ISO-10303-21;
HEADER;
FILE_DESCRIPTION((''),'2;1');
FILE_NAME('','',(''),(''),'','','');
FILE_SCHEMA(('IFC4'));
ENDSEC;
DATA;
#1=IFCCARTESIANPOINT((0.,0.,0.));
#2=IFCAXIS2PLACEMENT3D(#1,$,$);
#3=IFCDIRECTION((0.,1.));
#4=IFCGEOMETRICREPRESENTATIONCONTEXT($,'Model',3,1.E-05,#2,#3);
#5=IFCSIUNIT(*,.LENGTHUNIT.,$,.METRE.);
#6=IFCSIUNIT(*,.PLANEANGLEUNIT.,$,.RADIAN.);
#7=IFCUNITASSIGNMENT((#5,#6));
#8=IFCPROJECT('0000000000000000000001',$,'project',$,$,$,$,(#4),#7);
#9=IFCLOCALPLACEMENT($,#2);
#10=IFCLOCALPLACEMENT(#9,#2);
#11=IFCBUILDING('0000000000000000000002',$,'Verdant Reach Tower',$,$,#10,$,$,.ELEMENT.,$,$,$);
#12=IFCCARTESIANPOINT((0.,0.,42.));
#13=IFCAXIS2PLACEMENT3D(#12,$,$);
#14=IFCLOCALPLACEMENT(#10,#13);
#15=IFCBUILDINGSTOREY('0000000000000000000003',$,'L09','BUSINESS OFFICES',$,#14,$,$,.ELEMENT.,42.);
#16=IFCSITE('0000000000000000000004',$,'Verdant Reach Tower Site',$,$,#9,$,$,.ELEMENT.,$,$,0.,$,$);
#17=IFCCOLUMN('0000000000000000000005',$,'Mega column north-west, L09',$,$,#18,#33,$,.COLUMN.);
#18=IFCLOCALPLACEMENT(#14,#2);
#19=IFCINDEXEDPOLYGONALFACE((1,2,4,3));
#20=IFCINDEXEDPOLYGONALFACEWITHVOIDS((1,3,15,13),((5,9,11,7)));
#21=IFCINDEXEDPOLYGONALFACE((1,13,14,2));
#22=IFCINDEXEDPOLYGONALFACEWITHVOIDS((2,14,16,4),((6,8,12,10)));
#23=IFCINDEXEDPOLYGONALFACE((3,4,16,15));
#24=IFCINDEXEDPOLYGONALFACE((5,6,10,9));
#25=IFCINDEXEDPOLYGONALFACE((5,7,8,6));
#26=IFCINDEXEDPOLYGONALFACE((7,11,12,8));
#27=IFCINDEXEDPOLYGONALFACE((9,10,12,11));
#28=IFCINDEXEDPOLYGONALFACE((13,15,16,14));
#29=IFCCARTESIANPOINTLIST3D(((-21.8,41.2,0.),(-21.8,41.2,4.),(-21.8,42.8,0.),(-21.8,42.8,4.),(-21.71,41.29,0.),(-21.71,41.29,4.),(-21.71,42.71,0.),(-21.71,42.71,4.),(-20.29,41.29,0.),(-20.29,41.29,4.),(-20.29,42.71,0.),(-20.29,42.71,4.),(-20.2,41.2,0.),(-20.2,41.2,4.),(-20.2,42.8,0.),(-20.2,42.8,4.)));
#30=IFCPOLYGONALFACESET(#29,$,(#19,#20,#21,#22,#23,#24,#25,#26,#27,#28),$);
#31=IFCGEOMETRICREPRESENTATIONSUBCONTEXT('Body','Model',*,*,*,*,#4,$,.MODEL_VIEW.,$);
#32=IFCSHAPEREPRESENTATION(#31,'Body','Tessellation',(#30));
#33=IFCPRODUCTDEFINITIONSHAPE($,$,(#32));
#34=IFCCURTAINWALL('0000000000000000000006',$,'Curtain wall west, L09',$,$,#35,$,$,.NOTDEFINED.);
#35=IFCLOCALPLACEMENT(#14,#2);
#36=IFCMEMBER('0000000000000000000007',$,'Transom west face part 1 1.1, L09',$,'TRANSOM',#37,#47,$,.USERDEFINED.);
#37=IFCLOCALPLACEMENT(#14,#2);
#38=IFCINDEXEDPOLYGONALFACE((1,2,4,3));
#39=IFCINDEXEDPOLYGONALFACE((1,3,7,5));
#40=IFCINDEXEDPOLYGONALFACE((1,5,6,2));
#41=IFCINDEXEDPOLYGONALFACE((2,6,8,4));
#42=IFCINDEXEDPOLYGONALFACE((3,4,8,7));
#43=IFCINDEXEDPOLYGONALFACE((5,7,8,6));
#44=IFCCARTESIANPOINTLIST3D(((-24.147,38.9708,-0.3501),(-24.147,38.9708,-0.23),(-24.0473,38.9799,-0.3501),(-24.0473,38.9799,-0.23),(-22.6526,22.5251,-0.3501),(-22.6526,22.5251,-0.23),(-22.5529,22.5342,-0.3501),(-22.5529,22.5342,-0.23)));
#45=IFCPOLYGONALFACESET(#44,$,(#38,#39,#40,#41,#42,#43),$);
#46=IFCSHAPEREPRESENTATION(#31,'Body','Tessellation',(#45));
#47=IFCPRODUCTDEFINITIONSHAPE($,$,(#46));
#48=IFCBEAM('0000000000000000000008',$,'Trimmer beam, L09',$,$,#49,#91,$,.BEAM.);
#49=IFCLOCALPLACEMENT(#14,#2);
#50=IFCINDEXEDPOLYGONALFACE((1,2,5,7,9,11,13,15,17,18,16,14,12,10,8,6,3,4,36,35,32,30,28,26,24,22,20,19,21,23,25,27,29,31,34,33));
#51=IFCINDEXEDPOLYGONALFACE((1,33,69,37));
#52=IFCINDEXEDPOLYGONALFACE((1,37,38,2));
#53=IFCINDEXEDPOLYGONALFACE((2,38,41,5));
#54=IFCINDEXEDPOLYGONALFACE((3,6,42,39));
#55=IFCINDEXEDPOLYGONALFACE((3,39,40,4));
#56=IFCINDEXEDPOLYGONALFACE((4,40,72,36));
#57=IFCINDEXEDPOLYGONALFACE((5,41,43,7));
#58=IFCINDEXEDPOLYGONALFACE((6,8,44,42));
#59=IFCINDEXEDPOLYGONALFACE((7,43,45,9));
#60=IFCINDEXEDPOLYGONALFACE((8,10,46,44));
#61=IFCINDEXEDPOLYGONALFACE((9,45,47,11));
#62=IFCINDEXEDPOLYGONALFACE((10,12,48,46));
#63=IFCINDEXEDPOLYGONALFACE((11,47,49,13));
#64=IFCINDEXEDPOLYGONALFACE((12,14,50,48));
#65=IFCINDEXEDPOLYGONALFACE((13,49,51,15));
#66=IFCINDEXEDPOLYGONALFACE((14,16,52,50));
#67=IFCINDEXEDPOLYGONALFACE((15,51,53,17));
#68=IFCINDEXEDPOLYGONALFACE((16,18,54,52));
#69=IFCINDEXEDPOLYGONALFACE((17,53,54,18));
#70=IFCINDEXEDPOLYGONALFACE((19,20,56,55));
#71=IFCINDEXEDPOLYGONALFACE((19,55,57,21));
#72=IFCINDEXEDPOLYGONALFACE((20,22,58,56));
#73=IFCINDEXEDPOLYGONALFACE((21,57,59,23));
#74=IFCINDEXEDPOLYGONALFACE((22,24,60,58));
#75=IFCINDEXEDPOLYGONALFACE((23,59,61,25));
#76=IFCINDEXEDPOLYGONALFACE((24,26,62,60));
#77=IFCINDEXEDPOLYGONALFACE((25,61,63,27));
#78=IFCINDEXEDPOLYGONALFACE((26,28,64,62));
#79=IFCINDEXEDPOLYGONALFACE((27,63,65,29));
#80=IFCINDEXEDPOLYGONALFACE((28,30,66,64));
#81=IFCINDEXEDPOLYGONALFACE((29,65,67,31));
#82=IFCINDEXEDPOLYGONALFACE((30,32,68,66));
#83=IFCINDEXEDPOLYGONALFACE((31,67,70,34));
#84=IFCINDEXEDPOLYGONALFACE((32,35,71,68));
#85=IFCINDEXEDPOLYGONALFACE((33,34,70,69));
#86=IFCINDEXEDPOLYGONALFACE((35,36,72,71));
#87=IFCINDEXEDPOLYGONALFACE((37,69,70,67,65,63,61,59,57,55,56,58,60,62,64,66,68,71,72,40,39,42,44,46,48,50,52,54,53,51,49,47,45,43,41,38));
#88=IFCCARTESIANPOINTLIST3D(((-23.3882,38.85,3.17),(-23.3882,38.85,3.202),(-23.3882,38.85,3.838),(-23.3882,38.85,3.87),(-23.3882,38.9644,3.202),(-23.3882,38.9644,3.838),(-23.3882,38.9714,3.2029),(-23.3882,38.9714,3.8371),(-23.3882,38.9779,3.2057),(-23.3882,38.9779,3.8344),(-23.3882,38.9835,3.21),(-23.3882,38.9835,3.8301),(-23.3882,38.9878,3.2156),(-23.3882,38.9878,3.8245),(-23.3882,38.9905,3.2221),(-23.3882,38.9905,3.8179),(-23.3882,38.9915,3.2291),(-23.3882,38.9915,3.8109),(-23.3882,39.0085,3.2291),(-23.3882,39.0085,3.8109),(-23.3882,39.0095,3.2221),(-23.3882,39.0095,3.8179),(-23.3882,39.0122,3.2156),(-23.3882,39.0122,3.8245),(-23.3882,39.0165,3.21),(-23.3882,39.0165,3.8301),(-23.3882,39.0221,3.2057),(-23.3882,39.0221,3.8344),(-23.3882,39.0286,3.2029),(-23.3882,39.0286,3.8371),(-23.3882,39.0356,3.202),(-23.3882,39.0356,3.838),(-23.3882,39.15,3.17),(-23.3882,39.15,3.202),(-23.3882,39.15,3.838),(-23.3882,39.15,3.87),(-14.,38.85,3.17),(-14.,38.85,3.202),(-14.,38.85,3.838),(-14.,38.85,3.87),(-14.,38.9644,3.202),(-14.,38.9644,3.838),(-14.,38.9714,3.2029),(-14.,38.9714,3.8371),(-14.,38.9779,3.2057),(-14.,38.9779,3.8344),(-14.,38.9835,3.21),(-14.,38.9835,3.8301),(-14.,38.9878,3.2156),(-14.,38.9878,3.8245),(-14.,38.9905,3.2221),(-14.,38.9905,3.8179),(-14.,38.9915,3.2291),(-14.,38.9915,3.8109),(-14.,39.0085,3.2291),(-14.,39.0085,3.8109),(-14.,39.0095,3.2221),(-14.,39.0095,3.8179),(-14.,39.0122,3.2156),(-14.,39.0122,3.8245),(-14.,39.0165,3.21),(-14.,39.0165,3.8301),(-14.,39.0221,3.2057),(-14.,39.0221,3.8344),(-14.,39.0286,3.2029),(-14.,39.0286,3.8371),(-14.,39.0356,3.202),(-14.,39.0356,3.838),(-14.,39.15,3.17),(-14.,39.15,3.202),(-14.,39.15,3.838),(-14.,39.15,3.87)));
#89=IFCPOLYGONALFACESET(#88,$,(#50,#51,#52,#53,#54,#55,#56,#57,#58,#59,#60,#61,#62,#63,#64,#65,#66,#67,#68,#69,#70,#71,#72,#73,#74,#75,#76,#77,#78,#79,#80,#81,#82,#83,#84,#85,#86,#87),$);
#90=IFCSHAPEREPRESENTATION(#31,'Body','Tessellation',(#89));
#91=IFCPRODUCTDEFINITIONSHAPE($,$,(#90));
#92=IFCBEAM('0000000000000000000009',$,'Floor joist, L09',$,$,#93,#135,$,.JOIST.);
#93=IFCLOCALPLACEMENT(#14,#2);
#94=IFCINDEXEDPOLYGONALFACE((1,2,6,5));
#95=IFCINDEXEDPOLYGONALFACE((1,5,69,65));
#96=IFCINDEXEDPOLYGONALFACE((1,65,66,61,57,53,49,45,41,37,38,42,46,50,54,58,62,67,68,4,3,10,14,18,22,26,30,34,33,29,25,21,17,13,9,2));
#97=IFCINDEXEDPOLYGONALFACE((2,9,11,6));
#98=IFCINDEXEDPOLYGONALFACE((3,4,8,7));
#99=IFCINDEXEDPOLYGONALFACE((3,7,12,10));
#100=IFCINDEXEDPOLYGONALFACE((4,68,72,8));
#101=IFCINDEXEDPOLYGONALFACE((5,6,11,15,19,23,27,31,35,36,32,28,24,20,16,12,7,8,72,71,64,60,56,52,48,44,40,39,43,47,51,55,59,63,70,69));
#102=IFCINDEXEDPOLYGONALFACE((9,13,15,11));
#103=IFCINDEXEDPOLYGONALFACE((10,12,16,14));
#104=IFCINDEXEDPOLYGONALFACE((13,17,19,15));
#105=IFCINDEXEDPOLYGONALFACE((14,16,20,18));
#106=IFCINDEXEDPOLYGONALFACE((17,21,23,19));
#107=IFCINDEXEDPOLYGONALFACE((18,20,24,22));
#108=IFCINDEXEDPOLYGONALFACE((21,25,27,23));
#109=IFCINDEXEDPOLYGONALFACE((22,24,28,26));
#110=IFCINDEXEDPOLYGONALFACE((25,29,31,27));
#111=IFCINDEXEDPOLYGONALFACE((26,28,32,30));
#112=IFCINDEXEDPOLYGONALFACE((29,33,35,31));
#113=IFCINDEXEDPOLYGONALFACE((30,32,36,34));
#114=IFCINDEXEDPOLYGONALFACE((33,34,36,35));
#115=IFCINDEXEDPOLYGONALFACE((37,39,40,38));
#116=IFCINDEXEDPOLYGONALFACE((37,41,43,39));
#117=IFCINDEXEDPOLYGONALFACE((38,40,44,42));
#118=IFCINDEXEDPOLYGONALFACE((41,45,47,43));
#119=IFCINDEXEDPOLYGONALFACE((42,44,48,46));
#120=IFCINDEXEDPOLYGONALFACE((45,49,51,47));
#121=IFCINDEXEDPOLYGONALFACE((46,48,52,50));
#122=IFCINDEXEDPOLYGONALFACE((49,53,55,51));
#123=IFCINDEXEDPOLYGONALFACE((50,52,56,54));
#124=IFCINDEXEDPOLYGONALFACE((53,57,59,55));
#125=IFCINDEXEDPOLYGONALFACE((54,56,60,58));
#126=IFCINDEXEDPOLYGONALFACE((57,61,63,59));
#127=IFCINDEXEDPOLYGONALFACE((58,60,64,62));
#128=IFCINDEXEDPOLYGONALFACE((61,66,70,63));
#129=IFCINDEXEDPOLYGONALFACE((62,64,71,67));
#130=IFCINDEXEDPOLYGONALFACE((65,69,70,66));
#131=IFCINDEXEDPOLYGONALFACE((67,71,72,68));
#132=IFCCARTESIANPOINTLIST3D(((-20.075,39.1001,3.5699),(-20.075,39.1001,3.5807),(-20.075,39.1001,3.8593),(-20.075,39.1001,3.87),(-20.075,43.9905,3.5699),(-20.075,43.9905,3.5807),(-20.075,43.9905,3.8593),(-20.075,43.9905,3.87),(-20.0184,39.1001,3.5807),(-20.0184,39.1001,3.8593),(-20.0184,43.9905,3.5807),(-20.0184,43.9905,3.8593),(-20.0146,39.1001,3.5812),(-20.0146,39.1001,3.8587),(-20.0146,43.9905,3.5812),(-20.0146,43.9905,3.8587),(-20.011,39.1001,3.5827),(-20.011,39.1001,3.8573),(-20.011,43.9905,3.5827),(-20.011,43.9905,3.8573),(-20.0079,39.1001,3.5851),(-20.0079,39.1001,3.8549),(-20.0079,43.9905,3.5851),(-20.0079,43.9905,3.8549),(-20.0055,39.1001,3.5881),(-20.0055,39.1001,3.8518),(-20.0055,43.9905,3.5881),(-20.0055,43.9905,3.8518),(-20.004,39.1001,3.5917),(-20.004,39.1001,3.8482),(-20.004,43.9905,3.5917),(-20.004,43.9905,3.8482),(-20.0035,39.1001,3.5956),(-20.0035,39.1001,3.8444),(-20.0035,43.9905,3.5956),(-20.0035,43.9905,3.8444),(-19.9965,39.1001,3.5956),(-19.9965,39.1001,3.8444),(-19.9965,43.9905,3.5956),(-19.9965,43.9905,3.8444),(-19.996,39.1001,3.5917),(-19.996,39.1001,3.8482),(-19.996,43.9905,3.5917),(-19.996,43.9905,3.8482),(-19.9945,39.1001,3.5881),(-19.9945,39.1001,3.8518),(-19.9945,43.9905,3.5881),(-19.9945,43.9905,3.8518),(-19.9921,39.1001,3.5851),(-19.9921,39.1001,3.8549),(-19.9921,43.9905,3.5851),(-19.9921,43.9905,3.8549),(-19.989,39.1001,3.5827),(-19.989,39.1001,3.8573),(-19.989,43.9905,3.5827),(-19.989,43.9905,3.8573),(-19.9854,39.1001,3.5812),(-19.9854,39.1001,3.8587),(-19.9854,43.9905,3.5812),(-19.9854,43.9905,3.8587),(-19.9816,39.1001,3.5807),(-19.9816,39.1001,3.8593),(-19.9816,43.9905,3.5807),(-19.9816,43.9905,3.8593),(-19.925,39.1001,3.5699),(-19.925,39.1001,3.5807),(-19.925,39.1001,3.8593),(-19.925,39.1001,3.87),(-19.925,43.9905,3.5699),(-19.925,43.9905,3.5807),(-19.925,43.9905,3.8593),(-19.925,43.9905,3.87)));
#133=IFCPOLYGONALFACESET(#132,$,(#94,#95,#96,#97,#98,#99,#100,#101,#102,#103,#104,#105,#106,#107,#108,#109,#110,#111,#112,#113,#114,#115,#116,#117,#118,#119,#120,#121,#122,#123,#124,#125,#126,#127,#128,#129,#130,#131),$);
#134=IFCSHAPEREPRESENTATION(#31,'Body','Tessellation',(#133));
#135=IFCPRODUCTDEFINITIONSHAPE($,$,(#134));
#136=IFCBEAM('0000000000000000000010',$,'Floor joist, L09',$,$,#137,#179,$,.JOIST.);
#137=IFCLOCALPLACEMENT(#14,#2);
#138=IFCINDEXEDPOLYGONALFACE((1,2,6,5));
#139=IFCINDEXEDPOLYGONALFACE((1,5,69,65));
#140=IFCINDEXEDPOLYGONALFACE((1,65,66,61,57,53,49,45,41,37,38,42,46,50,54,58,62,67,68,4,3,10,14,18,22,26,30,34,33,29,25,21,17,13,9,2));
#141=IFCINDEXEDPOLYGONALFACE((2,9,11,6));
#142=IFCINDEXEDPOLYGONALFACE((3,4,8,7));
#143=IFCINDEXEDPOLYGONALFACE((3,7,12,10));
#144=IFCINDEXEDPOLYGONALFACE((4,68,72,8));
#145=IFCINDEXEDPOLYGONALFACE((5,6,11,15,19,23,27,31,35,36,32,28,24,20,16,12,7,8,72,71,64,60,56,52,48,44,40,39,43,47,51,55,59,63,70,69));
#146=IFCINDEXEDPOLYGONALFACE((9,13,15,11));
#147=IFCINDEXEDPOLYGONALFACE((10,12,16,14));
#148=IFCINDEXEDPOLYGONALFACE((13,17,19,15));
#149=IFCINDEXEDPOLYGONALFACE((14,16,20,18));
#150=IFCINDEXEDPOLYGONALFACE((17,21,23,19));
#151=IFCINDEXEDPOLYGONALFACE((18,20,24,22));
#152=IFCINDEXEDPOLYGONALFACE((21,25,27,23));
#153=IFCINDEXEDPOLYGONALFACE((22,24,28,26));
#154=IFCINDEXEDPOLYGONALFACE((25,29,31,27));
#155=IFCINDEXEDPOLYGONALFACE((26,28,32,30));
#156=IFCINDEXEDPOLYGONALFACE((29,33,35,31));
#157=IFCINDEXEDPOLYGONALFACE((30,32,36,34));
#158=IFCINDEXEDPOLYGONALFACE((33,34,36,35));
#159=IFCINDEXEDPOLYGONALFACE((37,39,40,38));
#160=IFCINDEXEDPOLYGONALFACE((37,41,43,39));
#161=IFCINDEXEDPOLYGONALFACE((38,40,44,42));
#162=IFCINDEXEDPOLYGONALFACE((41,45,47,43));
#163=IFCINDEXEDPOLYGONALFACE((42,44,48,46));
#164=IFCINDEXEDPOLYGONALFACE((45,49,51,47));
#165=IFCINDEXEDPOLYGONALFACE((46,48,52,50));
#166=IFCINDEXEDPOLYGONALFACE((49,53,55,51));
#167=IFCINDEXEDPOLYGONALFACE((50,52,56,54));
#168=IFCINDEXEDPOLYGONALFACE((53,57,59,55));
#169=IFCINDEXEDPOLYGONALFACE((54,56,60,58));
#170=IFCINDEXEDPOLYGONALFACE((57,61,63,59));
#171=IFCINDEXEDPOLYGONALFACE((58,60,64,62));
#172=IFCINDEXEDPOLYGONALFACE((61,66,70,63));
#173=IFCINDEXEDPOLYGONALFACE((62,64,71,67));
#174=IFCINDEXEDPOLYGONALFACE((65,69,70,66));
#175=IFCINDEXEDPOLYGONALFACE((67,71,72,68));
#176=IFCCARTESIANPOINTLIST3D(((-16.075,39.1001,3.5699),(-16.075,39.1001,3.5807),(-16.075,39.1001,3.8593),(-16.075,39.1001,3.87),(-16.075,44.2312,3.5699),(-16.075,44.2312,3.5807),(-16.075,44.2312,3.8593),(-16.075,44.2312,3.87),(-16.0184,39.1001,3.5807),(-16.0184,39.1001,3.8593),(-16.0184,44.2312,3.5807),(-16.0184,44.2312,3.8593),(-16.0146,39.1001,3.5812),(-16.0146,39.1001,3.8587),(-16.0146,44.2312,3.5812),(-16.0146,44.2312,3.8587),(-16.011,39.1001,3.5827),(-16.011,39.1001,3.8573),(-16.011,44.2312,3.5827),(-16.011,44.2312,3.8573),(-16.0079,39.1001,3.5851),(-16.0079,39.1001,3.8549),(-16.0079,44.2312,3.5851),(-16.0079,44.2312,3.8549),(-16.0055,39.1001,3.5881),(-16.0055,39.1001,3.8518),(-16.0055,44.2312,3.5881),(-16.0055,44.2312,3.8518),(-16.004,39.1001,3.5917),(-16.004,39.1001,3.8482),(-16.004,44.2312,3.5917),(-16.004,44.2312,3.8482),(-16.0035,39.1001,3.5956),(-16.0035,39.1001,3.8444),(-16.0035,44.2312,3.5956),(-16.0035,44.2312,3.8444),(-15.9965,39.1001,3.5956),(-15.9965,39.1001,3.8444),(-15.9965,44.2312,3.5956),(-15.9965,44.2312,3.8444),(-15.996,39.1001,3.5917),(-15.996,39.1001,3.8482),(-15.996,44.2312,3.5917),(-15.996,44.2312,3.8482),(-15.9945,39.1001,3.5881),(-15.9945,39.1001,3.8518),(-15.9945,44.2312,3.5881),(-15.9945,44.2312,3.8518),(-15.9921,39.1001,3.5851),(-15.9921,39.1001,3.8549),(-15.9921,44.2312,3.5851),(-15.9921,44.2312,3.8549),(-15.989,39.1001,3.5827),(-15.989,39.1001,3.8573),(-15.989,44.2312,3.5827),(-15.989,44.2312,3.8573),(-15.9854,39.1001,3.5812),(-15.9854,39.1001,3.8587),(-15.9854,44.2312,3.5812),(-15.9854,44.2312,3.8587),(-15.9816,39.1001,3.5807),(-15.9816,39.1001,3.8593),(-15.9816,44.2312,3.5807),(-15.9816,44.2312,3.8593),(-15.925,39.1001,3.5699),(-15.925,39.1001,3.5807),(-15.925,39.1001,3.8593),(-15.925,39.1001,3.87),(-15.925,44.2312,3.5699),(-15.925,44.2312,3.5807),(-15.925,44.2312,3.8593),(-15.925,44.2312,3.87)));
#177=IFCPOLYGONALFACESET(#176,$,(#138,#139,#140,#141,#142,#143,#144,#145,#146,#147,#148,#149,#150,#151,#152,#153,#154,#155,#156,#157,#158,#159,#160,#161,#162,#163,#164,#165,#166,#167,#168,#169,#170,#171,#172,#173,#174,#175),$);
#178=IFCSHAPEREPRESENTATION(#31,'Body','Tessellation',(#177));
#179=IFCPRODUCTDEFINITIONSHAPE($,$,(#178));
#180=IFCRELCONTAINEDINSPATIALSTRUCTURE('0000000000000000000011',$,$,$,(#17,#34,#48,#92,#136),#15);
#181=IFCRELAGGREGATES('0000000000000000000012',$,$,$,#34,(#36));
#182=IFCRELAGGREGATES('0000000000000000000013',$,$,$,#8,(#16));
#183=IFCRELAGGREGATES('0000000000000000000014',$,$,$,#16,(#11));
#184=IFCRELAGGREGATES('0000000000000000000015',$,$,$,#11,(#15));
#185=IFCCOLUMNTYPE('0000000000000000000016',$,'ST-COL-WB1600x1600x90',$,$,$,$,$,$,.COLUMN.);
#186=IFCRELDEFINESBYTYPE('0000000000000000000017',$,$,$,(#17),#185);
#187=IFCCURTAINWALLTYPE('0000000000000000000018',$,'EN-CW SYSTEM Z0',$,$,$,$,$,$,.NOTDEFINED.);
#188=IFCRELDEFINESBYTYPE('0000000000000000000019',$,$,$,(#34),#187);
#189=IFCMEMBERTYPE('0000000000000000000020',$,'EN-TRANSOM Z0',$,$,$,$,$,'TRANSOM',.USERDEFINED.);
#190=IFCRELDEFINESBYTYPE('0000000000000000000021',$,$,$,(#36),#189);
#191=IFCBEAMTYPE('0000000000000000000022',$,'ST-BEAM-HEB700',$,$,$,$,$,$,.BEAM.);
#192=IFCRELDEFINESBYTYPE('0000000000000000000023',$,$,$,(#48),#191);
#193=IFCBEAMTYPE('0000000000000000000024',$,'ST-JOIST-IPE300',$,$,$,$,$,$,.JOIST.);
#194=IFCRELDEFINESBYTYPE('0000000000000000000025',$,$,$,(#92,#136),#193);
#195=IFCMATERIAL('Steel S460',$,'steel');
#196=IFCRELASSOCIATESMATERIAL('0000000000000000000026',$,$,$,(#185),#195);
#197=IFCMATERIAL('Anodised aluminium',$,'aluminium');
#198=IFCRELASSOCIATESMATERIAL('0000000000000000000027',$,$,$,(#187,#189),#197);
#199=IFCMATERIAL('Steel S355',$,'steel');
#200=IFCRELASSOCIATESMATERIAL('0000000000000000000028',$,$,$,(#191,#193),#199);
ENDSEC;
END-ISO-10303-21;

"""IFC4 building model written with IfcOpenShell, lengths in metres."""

from ifc_helpers import new_model, si_unit, direction, frame, origin, origin_2d, place, context, subcontext, project, spatial, rectangle, hollow_rectangle, i_section, extrude, material, material_profile, profile_set, type_object, element, aggregate, save


model = new_model("IFC4")

# Units and contexts
model_context = context("Model", 3, precision=1e-05, world=origin(), true_north=direction((0.0, 1.0)))
body_context = subcontext(model_context, "Body", "Model", "MODEL_VIEW")
ifc_project = project(units=[si_unit("LENGTHUNIT", "METRE"), si_unit("PLANEANGLEUNIT", "RADIAN")], contexts=[model_context])

# Site, building, storey
site_placement = place(None, origin())
site = spatial("IfcSite", under=ifc_project, at=site_placement, Name="Verdant Reach Tower Site", CompositionType="ELEMENT", RefElevation=0.0)
building_placement = place(site_placement, origin())
building = spatial("IfcBuilding", under=site, at=building_placement, Name="Verdant Reach Tower", CompositionType="ELEMENT")
storey_placement = place(building_placement, frame((0.0, 0.0, 42.0)))
storey = spatial("IfcBuildingStorey", under=building, at=storey_placement, Name="L09", Description="BUSINESS OFFICES", CompositionType="ELEMENT", Elevation=42.0)

# Column
ifc_material_1 = material(Name="Steel S460", Category="steel")
ifc_material_profile_1 = material_profile(ifc_material_1, hollow_rectangle(XDim=1.6001, YDim=1.6001, WallThickness=0.0901, at=origin_2d()), Name="WB 1600x1600x90")
ifc_profile_set_1 = profile_set([ifc_material_profile_1], Name="Steel S460")
column_type = type_object("IfcColumnType", Name="ST-COL-WB1600x1600x90", PredefinedType="COLUMN", material=ifc_profile_set_1)
column_placement = place(storey_placement, frame((-21.0, 42.0, 0.0), z_axis=(0.0, 0.0, 1.0), x_axis=(1.0, 0.0, 0.0)))
element("IfcColumn", 1, at=column_placement, inside=storey, type_object=column_type, Name="Mega column north-west, L09", PredefinedType="COLUMN", context=body_context, shape_type="SweptSolid", body=[
    extrude(hollow_rectangle(XDim=1.6001, YDim=1.6001, WallThickness=0.0901, at=origin_2d()), origin(), (0.0, 0.0, 1.0), 4.0),
])

# Curtain wall, member
ifc_material_2 = material(Name="Anodised aluminium", Category="aluminium")
curtain_wall_type = type_object("IfcCurtainWallType", Name="EN-CW SYSTEM Z0", PredefinedType="NOTDEFINED", material=ifc_material_2)
curtain_wall_1_placement = place(storey_placement, origin())
curtain_wall_1 = element("IfcCurtainWall", 2, at=curtain_wall_1_placement, inside=storey, type_object=curtain_wall_type, Name="Curtain wall west, L09", PredefinedType="NOTDEFINED")
ifc_material_profile_2 = material_profile(ifc_material_2, rectangle(XDim=0.1001, YDim=0.1201, at=origin_2d()), Name="Transom 120x100")
ifc_profile_set_2 = profile_set([ifc_material_profile_2], Name="Anodised aluminium")
member_type = type_object("IfcMemberType", Name="EN-TRANSOM Z0", ElementType="TRANSOM", PredefinedType="USERDEFINED", material=ifc_profile_set_2)
member_placement = place(storey_placement, frame((-24.0972, 38.9753, -0.29), z_axis=(0.090496, -0.995897, 0.0), x_axis=(0.995897, 0.090496, 0.0)))
member = element("IfcMember", 3, at=member_placement, type_object=member_type, Name="Transom west face part 1 1.1, L09", ObjectType="TRANSOM", PredefinedType="USERDEFINED", context=body_context, shape_type="SweptSolid", body=[
    extrude(rectangle(XDim=0.1001, YDim=0.1201, at=origin_2d()), origin(), (0.0, 0.0, 1.0), 16.5134),
])
aggregate(curtain_wall_1, [member])

# Beams
ifc_material_3 = material(Name="Steel S355", Category="steel")
ifc_material_profile_3 = material_profile(ifc_material_3, i_section(OverallWidth=0.3, OverallDepth=0.7, WebThickness=0.0171, FlangeThickness=0.032, FilletRadius=0.0271, at=origin_2d()), Name="HEB 700")
ifc_profile_set_3 = profile_set([ifc_material_profile_3], Name="Steel S355")
beam_type_1 = type_object("IfcBeamType", Name="ST-BEAM-HEB700", PredefinedType="BEAM", material=ifc_profile_set_3)
beam_1_placement = place(storey_placement, frame((-14.0, 39.0, 3.52), z_axis=(-1.0, 0.0, 0.0), x_axis=(0.0, -1.0, 0.0)))
element("IfcBeam", 4, at=beam_1_placement, inside=storey, type_object=beam_type_1, Name="Trimmer beam, L09", PredefinedType="BEAM", context=body_context, shape_type="SweptSolid", body=[
    extrude(i_section(OverallWidth=0.3, OverallDepth=0.7, WebThickness=0.0171, FlangeThickness=0.032, FilletRadius=0.0271, at=origin_2d()), origin(), (0.0, 0.0, 1.0), 9.3882),
])
ifc_material_profile_4 = material_profile(ifc_material_3, i_section(OverallWidth=0.1499, OverallDepth=0.3, WebThickness=0.0071, FlangeThickness=0.0107, FilletRadius=0.0149, at=origin_2d()), Name="IPE 300")
ifc_profile_set_4 = profile_set([ifc_material_profile_4], Name="Steel S355")
beam_type_2 = type_object("IfcBeamType", Name="ST-JOIST-IPE300", PredefinedType="JOIST", material=ifc_profile_set_4)
beam_2_placement = place(storey_placement, frame((-20.0, 39.1001, 3.72), z_axis=(0.0, 1.0, 0.0), x_axis=(-1.0, 0.0, 0.0)))
element("IfcBeam", 5, at=beam_2_placement, inside=storey, type_object=beam_type_2, Name="Floor joist, L09", PredefinedType="JOIST", context=body_context, shape_type="SweptSolid", body=[
    extrude(i_section(OverallWidth=0.1499, OverallDepth=0.3, WebThickness=0.0071, FlangeThickness=0.0107, FilletRadius=0.0149, at=origin_2d()), origin(), (0.0, 0.0, 1.0), 4.8904),
])
beam_3_placement = place(storey_placement, frame((-16.0, 39.1001, 3.72), z_axis=(0.0, 1.0, 0.0), x_axis=(-1.0, 0.0, 0.0)))
element("IfcBeam", 6, at=beam_3_placement, inside=storey, type_object=beam_type_2, Name="Floor joist, L09", PredefinedType="JOIST", context=body_context, shape_type="SweptSolid", body=[
    extrude(i_section(OverallWidth=0.1499, OverallDepth=0.3, WebThickness=0.0071, FlangeThickness=0.0107, FilletRadius=0.0149, at=origin_2d()), origin(), (0.0, 0.0, 1.0), 5.1311),
])

save(model, "model.ifc")
